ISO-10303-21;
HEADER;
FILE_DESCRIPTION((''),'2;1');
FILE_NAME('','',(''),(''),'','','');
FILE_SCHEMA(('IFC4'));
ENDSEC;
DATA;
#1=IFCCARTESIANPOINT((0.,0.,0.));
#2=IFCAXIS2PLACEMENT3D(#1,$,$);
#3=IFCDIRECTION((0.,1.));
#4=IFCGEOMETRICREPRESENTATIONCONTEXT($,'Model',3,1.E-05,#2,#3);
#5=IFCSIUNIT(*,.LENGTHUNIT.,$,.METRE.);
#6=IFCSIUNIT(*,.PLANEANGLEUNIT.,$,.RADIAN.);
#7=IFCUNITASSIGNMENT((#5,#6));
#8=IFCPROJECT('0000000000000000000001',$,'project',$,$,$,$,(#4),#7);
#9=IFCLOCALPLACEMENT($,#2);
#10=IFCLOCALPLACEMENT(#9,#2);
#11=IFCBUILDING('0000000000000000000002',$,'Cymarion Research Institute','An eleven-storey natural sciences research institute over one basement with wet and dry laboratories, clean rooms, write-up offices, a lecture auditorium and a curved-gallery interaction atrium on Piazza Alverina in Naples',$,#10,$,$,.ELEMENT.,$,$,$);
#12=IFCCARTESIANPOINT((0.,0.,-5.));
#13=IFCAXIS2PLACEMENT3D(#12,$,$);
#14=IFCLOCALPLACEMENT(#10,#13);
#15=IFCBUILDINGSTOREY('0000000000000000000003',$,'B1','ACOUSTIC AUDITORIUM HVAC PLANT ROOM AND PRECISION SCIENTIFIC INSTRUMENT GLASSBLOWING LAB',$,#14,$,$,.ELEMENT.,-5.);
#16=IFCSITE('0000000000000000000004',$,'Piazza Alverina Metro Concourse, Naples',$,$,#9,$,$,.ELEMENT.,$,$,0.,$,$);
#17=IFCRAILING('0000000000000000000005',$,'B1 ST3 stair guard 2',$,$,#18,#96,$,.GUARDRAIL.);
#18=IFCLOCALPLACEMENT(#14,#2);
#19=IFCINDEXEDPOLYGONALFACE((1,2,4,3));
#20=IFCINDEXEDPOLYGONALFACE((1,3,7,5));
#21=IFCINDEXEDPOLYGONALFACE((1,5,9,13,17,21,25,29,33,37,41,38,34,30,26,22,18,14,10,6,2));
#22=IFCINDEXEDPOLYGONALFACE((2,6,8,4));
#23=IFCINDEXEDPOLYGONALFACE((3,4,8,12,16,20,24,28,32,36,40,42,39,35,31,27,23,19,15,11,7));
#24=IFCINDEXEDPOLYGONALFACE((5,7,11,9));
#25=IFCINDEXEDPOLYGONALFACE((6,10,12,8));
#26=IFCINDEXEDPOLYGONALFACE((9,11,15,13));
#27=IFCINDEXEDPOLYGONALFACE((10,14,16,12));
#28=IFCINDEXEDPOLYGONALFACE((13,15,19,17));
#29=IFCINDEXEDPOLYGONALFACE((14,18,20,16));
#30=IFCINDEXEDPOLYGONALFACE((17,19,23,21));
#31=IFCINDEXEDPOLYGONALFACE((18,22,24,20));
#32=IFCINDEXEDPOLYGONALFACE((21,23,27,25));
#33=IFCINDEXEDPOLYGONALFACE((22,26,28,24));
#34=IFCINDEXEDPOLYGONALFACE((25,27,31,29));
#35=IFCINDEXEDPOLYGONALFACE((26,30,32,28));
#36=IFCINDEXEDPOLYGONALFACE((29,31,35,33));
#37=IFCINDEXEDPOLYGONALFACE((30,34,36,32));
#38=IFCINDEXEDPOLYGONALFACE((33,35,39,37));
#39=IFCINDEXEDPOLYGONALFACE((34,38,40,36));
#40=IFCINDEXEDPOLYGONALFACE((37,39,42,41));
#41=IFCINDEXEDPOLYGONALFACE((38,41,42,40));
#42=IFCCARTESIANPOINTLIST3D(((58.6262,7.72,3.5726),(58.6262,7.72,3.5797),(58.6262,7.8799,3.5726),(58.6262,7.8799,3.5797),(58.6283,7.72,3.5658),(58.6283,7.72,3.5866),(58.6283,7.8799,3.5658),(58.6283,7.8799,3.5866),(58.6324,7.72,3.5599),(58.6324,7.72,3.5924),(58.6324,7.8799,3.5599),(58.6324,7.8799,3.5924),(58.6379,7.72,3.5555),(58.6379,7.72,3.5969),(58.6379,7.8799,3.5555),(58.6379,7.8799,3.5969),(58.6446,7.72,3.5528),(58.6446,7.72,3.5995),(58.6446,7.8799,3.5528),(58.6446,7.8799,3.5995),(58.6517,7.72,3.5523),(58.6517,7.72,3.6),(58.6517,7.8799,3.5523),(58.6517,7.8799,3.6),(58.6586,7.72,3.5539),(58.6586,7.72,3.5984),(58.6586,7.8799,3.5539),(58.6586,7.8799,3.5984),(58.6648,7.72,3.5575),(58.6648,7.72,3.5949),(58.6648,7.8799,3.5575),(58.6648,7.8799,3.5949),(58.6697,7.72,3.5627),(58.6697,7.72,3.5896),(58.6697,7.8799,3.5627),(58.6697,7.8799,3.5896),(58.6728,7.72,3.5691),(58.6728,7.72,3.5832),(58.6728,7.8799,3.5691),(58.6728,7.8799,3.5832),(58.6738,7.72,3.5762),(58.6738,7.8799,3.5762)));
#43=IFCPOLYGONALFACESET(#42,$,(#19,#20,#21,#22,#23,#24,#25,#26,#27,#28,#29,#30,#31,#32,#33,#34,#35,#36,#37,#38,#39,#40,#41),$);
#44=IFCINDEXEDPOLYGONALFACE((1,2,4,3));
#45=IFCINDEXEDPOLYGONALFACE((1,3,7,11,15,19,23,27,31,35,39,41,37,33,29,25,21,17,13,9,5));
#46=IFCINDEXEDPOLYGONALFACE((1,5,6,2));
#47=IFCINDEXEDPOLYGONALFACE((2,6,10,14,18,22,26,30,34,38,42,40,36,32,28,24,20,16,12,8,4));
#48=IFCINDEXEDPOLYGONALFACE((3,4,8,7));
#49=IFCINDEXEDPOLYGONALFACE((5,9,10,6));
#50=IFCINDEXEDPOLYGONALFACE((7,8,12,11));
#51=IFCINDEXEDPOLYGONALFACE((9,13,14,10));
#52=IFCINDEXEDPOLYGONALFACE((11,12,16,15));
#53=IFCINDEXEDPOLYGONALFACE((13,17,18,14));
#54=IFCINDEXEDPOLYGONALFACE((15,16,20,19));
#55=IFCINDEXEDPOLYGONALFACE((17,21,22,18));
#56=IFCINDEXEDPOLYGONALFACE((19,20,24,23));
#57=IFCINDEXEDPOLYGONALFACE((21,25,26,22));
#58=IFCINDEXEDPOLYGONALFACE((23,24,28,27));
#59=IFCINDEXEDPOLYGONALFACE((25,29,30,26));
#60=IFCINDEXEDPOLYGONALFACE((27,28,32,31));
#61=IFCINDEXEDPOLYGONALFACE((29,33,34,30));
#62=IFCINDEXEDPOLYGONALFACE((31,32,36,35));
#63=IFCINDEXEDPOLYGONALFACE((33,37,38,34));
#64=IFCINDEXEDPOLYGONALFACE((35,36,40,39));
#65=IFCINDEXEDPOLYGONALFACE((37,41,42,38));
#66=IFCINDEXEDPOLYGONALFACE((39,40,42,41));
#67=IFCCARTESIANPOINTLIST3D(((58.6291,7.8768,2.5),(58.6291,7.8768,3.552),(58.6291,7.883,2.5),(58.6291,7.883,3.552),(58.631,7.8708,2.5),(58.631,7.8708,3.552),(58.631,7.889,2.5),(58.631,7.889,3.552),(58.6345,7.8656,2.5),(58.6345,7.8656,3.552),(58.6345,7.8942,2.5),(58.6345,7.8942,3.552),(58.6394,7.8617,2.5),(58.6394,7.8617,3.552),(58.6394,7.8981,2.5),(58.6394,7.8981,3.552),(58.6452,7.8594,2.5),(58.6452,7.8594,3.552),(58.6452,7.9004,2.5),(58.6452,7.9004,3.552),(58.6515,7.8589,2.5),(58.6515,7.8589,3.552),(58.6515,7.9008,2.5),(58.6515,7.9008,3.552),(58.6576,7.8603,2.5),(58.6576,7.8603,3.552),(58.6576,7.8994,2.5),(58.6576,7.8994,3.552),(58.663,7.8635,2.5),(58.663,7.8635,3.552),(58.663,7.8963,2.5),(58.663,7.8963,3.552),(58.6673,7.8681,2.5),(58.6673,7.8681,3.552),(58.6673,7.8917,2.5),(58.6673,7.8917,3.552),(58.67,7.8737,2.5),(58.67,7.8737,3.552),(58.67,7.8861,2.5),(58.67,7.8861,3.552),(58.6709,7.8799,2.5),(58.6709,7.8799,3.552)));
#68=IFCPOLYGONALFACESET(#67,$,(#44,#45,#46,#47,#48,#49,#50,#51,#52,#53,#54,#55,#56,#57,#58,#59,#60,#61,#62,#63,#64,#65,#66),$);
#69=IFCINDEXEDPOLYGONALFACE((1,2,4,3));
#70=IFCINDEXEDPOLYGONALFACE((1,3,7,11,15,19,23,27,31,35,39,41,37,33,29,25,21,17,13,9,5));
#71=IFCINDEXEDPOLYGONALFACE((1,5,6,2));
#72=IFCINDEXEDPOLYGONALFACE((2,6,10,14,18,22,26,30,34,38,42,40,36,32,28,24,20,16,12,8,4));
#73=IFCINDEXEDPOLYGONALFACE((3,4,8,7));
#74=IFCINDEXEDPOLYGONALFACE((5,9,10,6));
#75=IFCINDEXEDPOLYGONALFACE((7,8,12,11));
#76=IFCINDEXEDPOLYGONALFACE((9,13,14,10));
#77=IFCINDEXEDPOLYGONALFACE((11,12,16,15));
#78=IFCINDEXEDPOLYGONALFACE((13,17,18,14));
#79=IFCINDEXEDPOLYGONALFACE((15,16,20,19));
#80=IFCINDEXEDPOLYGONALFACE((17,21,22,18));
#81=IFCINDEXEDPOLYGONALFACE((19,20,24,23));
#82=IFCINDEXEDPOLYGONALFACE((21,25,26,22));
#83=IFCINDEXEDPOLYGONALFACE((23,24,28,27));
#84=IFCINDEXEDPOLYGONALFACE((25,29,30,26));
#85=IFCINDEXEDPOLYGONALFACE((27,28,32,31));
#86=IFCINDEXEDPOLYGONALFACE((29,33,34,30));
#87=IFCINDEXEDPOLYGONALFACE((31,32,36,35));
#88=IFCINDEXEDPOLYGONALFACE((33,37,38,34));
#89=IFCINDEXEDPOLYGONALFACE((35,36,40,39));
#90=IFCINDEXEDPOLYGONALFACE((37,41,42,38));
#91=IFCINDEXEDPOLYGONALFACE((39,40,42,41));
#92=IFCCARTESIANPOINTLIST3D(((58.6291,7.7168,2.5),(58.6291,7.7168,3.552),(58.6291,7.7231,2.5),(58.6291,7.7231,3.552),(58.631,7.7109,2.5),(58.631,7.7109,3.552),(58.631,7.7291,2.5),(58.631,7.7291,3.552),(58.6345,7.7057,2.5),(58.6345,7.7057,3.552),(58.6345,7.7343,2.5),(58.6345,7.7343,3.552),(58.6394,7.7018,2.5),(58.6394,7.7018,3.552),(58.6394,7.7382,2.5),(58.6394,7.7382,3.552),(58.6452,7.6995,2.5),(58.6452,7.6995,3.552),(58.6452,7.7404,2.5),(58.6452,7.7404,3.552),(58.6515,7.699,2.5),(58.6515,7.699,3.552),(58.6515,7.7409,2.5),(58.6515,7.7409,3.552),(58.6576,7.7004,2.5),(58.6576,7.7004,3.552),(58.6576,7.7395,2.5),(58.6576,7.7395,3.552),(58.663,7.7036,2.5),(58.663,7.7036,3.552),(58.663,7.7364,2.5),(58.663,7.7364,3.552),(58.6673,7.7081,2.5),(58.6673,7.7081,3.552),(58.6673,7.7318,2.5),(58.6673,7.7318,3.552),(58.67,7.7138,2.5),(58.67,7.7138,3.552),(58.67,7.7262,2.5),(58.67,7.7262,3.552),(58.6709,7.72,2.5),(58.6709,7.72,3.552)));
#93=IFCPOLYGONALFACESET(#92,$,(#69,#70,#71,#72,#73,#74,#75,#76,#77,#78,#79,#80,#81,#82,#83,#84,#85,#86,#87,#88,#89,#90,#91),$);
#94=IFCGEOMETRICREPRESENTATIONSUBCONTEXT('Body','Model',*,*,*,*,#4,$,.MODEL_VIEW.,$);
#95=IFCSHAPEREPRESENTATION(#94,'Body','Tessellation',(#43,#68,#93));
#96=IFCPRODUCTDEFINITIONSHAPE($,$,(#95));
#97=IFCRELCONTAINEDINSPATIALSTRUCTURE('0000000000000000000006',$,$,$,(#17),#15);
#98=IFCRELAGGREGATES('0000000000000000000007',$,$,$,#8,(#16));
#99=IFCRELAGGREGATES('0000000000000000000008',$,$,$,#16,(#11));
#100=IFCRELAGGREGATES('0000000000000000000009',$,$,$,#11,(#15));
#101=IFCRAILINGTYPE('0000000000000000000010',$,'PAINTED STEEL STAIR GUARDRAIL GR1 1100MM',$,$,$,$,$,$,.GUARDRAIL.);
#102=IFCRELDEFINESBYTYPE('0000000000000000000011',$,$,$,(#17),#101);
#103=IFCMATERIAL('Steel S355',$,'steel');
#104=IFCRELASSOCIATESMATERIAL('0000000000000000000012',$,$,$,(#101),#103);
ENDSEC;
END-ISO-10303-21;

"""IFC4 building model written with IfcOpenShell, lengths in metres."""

from ifc_helpers import new_model, si_unit, direction, frame, origin, origin_2d, place, context, subcontext, project, spatial, circle, extrude, material, type_object, element, save


model = new_model("IFC4")

# Units and contexts
model_context = context("Model", 3, precision=1e-05, world=origin(), true_north=direction((0.0, 1.0)))
body_context = subcontext(model_context, "Body", "Model", "MODEL_VIEW")
ifc_project = project(units=[si_unit("LENGTHUNIT", "METRE"), si_unit("PLANEANGLEUNIT", "RADIAN")], contexts=[model_context])

# Site, building, storey
site_placement = place(None, origin())
site = spatial("IfcSite", under=ifc_project, at=site_placement, Name="Piazza Alverina Metro Concourse, Naples", CompositionType="ELEMENT", RefElevation=0.0)
building_placement = place(site_placement, origin())
building = spatial("IfcBuilding", under=site, at=building_placement, Name="Cymarion Research Institute", Description="An eleven-storey natural sciences research institute over one basement with wet and dry laboratories, clean rooms, write-up offices, a lecture auditorium and a curved-gallery interaction atrium on Piazza Alverina in Naples", CompositionType="ELEMENT")
storey_placement = place(building_placement, frame((0.0, 0.0, -5.0)))
storey = spatial("IfcBuildingStorey", under=building, at=storey_placement, Name="B1", Description="ACOUSTIC AUDITORIUM HVAC PLANT ROOM AND PRECISION SCIENTIFIC INSTRUMENT GLASSBLOWING LAB", CompositionType="ELEMENT", Elevation=-5.0)

# Shared definitions
ifc_material_1 = material(Name="Steel S355", Category="steel")

# Railing
railing_type_1 = type_object("IfcRailingType", Name="PAINTED STEEL STAIR GUARDRAIL GR1 1100MM", PredefinedType="GUARDRAIL", material=ifc_material_1)
railing_1_placement = place(storey_placement, frame((58.6499, 7.8799, 2.5)))
element("IfcRailing", 1, at=railing_1_placement, inside=storey, type_object=railing_type_1, Name="B1 ST3 stair guard 2", PredefinedType="GUARDRAIL", context=body_context, shape_type="SweptSolid", body=[
    extrude(circle(Radius=0.0239, at=origin_2d()), frame((0.0, 0.0, 1.0762), z_axis=(0.0, -1.0, 0.0), x_axis=(1.0, 0.0, 0.0)), (0.0, 0.0, 1.0), 0.1599),
    extrude(circle(Radius=0.021, at=origin_2d()), origin(), (0.0, 0.0, 1.0), 1.052),
    extrude(circle(Radius=0.021, at=origin_2d()), frame((0.0, -0.1599, 0.0)), (0.0, 0.0, 1.0), 1.052),
])

save(model, "model.ifc")
